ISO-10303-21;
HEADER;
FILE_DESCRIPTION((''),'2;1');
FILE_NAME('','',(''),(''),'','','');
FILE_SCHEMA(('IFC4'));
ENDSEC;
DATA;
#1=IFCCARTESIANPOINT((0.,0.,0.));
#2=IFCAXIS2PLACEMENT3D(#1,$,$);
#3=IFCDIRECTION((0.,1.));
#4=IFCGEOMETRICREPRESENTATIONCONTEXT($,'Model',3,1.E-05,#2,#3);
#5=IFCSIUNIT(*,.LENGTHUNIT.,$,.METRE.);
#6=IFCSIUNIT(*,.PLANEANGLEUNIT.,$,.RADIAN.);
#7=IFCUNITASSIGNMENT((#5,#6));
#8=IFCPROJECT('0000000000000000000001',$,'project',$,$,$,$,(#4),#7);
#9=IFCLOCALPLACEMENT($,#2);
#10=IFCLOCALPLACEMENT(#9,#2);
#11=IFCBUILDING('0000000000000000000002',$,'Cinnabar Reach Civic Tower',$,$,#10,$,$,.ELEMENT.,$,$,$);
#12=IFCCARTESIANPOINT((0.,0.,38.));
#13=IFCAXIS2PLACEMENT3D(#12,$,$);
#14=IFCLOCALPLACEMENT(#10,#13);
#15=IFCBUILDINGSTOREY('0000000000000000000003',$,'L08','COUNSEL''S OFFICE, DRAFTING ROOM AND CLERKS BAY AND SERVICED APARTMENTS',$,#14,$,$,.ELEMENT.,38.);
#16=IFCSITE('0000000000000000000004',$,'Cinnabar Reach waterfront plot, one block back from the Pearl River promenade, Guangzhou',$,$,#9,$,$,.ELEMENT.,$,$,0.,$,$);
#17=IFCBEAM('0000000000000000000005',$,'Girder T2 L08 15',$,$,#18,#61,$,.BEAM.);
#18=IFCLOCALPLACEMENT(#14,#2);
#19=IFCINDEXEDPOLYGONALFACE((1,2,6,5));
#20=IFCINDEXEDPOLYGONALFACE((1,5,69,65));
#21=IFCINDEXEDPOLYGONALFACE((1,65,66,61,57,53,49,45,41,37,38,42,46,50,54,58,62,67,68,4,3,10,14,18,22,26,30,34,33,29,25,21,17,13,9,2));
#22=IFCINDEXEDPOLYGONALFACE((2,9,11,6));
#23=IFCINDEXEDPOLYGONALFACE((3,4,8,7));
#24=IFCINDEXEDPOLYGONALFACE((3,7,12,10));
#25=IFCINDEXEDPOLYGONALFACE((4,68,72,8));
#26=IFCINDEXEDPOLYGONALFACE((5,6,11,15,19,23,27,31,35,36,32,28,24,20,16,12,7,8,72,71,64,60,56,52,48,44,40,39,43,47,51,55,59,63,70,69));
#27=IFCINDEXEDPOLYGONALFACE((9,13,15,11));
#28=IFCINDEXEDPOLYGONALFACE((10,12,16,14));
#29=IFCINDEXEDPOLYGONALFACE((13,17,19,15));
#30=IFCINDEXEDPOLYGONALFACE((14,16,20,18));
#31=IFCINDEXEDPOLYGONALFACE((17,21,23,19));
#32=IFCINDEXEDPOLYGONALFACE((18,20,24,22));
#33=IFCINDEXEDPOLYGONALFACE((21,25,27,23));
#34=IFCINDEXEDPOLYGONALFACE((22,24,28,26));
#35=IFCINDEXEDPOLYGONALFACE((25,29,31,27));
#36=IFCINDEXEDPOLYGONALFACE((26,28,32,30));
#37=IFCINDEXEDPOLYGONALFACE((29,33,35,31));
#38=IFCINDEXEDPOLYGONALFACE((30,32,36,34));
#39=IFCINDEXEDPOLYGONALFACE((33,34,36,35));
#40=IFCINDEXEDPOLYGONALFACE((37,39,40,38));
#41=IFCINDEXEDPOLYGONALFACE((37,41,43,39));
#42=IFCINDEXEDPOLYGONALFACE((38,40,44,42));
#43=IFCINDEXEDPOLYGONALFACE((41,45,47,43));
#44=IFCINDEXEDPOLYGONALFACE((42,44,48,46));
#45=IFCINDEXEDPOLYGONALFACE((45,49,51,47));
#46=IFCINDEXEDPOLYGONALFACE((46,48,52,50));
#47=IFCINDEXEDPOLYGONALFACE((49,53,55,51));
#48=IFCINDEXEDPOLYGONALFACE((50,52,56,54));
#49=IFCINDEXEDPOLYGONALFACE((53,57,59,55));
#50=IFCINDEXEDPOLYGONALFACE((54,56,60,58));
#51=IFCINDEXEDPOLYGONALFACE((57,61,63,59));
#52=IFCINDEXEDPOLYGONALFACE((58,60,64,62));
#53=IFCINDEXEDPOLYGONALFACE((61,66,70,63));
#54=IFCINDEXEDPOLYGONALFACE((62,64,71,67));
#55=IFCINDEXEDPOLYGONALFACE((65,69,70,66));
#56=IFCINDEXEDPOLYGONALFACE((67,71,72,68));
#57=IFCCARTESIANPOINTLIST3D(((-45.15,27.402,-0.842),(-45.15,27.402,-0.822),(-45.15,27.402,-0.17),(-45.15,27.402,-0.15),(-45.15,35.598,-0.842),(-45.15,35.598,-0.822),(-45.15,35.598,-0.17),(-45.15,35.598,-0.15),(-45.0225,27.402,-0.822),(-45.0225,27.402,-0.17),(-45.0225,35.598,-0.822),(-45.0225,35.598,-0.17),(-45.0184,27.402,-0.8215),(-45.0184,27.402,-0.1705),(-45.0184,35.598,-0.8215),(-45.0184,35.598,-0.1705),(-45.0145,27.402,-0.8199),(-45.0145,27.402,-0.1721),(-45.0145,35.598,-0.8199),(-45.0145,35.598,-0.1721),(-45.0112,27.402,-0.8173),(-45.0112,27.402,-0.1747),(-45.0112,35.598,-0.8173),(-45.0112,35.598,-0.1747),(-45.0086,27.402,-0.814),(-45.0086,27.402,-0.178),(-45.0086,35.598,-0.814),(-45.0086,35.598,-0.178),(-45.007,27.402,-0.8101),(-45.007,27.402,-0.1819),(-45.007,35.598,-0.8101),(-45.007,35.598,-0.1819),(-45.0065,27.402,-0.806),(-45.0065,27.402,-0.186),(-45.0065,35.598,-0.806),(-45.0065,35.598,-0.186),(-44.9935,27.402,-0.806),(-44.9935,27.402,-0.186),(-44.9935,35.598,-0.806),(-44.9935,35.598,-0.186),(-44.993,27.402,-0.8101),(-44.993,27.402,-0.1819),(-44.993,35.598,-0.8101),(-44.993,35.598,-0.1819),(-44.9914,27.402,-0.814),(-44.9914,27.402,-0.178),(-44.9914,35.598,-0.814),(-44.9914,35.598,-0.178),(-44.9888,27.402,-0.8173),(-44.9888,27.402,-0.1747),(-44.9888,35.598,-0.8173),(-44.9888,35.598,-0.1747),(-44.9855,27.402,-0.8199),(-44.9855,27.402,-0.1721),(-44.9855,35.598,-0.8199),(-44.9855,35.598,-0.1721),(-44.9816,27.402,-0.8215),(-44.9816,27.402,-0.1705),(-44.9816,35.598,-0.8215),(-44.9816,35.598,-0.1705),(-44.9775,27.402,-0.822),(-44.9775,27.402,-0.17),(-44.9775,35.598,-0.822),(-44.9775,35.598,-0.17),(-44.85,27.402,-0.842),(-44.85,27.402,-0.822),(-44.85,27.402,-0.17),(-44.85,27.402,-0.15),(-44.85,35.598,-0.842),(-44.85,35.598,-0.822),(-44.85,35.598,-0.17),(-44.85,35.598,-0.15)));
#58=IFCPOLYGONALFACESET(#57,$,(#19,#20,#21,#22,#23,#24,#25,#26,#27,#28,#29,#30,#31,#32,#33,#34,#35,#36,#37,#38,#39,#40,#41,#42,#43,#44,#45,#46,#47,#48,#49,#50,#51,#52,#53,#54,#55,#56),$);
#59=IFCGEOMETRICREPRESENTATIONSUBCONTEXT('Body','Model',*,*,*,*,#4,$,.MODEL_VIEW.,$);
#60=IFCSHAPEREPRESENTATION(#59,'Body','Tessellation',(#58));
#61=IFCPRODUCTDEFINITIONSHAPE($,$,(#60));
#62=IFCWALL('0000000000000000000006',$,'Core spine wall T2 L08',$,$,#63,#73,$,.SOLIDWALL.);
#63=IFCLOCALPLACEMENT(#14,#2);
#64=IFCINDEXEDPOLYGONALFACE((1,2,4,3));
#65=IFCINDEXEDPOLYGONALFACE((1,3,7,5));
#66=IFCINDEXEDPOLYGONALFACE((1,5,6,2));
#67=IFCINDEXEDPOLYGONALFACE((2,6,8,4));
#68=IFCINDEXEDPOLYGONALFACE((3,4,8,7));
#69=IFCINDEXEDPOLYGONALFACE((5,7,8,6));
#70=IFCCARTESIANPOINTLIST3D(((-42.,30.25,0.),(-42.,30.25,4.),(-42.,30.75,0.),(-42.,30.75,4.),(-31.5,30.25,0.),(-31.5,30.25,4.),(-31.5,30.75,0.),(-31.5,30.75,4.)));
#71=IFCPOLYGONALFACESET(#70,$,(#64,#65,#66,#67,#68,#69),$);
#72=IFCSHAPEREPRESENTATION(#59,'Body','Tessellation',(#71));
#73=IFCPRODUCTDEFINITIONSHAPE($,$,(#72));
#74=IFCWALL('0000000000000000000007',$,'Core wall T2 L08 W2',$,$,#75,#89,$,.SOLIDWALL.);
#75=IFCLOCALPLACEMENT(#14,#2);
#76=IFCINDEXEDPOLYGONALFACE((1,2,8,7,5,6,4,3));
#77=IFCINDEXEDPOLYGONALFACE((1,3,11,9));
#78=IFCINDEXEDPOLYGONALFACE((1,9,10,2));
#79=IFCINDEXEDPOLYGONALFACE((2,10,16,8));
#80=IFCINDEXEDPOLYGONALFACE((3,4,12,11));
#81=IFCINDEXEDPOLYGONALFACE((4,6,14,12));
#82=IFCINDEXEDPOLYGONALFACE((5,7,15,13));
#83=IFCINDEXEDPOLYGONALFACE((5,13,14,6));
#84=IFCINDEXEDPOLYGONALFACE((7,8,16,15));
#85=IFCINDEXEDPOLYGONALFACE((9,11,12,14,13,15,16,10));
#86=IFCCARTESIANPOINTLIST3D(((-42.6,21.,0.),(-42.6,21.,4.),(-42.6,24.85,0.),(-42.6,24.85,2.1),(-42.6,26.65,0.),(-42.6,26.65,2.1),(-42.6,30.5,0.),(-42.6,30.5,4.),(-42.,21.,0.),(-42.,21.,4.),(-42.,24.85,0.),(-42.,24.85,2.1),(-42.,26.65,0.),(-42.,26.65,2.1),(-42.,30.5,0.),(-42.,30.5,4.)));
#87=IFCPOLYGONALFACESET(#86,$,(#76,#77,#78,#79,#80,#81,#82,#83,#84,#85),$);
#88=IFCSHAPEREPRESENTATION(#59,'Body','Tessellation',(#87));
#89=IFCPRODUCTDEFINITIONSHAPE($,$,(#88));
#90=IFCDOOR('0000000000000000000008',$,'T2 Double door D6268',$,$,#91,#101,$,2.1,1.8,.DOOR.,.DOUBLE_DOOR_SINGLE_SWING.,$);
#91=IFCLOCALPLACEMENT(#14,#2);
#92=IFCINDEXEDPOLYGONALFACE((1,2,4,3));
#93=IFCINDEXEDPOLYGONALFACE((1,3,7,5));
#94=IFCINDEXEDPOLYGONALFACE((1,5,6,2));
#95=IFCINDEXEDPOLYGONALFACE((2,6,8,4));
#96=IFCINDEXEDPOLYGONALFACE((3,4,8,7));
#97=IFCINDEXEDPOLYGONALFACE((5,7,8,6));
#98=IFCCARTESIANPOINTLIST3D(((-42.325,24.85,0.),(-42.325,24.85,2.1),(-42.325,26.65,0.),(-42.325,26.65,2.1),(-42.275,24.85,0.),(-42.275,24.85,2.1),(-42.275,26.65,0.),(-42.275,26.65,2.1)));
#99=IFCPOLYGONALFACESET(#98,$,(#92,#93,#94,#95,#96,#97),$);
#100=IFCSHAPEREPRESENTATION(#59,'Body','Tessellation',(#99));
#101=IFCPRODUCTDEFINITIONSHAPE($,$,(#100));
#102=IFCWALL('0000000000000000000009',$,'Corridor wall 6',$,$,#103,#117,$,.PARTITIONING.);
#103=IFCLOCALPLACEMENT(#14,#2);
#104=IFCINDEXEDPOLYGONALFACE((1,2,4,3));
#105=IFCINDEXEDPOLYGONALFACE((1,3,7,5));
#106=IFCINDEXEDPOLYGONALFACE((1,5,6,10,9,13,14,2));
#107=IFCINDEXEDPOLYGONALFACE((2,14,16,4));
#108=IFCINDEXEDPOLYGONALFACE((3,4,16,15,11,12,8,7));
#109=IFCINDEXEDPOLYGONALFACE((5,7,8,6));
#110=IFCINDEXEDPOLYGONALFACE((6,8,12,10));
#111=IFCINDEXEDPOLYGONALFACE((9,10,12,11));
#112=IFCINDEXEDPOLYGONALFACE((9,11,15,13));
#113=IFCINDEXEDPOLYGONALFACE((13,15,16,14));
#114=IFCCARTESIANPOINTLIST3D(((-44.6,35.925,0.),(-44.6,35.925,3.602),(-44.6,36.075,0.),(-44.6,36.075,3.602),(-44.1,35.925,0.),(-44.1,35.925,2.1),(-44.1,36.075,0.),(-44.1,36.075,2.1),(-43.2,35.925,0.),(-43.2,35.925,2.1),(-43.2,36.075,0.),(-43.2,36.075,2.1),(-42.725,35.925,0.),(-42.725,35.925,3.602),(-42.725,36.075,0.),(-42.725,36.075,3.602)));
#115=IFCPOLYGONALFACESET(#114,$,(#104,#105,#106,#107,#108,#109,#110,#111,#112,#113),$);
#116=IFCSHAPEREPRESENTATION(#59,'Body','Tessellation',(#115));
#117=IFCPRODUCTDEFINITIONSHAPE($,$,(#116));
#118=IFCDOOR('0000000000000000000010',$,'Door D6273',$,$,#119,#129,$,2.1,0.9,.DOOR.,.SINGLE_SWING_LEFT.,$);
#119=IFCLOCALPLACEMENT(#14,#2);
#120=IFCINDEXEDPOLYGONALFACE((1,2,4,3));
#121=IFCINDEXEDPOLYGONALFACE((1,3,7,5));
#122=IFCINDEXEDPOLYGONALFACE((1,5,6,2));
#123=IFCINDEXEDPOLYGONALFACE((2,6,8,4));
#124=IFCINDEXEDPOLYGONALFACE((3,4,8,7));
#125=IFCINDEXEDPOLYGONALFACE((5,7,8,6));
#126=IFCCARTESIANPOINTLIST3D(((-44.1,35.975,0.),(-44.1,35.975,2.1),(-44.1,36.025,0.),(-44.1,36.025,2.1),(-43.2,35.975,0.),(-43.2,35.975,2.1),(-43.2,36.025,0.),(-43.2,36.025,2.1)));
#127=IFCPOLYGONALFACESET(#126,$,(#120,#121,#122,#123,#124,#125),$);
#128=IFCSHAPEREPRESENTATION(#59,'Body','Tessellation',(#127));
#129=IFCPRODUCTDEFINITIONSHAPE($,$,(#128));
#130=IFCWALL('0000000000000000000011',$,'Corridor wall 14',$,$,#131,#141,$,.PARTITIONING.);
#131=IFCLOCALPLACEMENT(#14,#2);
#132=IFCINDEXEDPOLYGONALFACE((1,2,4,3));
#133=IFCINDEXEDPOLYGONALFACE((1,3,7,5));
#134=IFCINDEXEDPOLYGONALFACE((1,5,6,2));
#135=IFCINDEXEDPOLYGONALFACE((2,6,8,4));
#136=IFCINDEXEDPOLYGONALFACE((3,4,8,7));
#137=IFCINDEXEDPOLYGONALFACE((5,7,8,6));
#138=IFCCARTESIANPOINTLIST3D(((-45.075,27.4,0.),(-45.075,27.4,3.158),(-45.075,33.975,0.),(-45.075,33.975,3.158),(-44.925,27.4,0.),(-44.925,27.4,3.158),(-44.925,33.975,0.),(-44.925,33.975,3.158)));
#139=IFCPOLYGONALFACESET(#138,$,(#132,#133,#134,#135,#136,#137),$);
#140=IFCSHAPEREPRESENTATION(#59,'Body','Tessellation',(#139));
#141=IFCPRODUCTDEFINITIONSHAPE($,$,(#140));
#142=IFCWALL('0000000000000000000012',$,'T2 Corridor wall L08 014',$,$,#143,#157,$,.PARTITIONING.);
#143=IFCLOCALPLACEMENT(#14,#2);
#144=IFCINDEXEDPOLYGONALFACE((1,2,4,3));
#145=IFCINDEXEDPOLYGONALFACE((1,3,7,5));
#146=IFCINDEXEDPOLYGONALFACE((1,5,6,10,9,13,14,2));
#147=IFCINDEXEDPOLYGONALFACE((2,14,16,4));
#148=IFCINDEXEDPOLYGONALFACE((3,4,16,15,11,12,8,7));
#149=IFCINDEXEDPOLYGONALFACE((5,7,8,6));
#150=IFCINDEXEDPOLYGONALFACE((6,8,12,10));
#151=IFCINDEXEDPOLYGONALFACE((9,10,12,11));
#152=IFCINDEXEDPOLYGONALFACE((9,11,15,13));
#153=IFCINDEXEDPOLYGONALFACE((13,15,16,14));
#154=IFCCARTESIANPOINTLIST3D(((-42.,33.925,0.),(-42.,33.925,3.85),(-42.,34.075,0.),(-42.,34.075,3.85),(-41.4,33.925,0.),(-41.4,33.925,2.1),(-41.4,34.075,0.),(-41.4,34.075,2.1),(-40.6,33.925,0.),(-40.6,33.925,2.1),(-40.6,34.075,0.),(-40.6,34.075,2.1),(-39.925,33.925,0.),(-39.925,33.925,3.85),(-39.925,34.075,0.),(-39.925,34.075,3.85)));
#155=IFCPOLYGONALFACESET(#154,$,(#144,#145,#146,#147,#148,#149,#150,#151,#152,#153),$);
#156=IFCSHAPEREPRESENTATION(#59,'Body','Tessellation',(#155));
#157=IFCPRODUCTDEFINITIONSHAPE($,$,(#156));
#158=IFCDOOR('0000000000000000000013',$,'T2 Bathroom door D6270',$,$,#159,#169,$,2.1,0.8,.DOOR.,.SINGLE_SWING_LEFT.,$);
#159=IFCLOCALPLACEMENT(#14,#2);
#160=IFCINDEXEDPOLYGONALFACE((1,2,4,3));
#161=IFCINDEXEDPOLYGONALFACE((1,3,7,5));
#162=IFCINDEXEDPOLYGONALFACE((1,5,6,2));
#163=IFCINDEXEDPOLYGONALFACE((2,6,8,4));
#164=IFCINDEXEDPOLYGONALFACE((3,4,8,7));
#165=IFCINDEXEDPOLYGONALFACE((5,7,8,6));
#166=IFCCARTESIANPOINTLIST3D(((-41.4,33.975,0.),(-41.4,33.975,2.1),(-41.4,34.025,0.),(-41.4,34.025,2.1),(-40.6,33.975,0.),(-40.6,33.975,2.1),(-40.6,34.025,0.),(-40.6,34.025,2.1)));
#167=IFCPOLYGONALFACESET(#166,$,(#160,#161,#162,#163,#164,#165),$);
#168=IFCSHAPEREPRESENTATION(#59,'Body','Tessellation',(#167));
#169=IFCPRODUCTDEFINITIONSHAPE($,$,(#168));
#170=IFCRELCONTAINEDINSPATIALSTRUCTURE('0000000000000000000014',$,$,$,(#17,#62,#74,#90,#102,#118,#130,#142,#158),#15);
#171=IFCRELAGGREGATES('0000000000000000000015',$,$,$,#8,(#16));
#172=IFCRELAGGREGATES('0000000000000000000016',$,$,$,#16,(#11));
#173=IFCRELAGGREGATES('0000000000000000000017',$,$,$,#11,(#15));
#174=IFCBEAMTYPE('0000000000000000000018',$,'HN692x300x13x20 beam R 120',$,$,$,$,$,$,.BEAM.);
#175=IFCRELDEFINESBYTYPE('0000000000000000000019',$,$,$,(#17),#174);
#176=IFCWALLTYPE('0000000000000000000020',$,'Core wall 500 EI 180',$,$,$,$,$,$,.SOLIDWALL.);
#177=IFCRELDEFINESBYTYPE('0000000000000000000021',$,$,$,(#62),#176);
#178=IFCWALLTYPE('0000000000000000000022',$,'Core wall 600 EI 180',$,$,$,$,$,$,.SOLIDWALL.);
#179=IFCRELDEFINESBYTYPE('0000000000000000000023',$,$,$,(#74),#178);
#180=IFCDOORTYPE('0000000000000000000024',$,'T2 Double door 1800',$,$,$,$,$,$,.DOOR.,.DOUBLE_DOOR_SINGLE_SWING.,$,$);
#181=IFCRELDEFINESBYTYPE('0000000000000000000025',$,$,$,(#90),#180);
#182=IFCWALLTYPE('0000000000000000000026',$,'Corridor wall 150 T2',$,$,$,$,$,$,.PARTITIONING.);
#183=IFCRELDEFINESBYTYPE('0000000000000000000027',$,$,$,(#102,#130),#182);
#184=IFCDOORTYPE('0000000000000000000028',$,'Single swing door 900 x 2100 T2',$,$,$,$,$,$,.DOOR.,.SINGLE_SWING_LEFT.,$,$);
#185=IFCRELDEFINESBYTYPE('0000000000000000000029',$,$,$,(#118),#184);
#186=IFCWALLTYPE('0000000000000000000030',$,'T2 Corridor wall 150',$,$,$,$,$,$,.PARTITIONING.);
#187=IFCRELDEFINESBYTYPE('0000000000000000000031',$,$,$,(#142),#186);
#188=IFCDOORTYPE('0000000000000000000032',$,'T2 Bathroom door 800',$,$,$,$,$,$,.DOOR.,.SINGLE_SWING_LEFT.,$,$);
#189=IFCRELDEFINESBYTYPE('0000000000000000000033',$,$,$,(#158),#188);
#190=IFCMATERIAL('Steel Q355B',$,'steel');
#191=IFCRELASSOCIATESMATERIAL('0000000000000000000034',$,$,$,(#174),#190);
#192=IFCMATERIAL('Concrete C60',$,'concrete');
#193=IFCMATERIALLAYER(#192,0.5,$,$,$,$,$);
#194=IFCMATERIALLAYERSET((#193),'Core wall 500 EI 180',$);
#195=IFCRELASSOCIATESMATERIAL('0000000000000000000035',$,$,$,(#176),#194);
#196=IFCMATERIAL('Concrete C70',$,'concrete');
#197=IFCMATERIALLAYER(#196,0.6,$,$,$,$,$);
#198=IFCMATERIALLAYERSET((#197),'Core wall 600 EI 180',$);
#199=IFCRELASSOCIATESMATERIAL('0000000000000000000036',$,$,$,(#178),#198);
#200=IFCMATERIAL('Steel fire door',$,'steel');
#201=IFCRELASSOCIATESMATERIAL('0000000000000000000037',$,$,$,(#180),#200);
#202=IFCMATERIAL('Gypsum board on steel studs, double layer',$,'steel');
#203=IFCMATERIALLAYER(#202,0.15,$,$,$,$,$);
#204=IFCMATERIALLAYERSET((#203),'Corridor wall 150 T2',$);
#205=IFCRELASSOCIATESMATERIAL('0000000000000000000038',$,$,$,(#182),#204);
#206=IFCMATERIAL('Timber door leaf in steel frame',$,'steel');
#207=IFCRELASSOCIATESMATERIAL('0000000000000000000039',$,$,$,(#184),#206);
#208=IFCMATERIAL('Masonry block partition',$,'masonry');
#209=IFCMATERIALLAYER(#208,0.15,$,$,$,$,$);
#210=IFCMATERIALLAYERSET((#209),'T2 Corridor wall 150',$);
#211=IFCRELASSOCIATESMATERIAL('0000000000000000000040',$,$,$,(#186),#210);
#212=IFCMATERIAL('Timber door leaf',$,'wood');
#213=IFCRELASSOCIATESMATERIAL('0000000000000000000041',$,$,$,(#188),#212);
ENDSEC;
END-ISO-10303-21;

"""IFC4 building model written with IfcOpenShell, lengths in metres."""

from ifc_helpers import new_model, si_unit, direction, frame, frame_2d, origin, origin_2d, place, context, subcontext, project, spatial, rectangle, i_section, extrude, material, layer, layer_set, material_profile, profile_set, type_object, element, fill, save


model = new_model("IFC4")

# Units and contexts
model_context = context("Model", 3, precision=1e-05, world=origin(), true_north=direction((0.0, 1.0)))
body_context = subcontext(model_context, "Body", "Model", "MODEL_VIEW")
ifc_project = project(units=[si_unit("LENGTHUNIT", "METRE"), si_unit("PLANEANGLEUNIT", "RADIAN")], contexts=[model_context])

# Site, building, storey
site_placement = place(None, origin())
site = spatial("IfcSite", under=ifc_project, at=site_placement, Name="Cinnabar Reach waterfront plot, one block back from the Pearl River promenade, Guangzhou", CompositionType="ELEMENT", RefElevation=0.0)
building_placement = place(site_placement, origin())
building = spatial("IfcBuilding", under=site, at=building_placement, Name="Cinnabar Reach Civic Tower", CompositionType="ELEMENT")
storey_placement = place(building_placement, frame((0.0, 0.0, 38.0)))
storey = spatial("IfcBuildingStorey", under=building, at=storey_placement, Name="L08", Description="COUNSEL'S OFFICE, DRAFTING ROOM AND CLERKS BAY AND SERVICED APARTMENTS", CompositionType="ELEMENT", Elevation=38.0)

# Shared definitions
ifc_material_1 = material(Name="Concrete C60", Category="concrete")

# Beam
ifc_material_2 = material(Name="Steel Q355B", Category="steel")
ifc_material_profile_1 = material_profile(ifc_material_2, i_section(OverallWidth=0.3, OverallDepth=0.692, WebThickness=0.013, FlangeThickness=0.02, FilletRadius=0.016, at=origin_2d()), Name="HN692x300x13x20")
ifc_profile_set_1 = profile_set([ifc_material_profile_1], Name="Steel Q355B")
beam_type_1 = type_object("IfcBeamType", Name="HN692x300x13x20 beam R 120", PredefinedType="BEAM", material=ifc_profile_set_1)
beam_1_placement = place(storey_placement, frame((-45.0, 27.402, -0.496), z_axis=(0.0, 1.0, 0.0), x_axis=(-1.0, 0.0, 0.0)))
element("IfcBeam", 1, at=beam_1_placement, inside=storey, type_object=beam_type_1, Name="Girder T2 L08 15", PredefinedType="BEAM", context=body_context, shape_type="SweptSolid", body=[
    extrude(i_section(OverallWidth=0.3, OverallDepth=0.692, WebThickness=0.013, FlangeThickness=0.02, FilletRadius=0.016, at=origin_2d()), origin(), (0.0, 0.0, 1.0), 8.196),
])

# Wall
ifc_layer_1 = layer(ifc_material_1, 0.5)
ifc_layer_set_1 = layer_set([ifc_layer_1], Name="Core wall 500 EI 180")
wall_type_1 = type_object("IfcWallType", Name="Core wall 500 EI 180", PredefinedType="SOLIDWALL", material=ifc_layer_set_1)
wall_1_placement = place(storey_placement, frame((-42.0, 30.5, 0.0), z_axis=(0.0, 0.0, 1.0), x_axis=(1.0, 0.0, 0.0)))
element("IfcWall", 2, at=wall_1_placement, inside=storey, type_object=wall_type_1, Name="Core spine wall T2 L08", PredefinedType="SOLIDWALL", context=body_context, shape_type="SweptSolid", body=[
    extrude(rectangle(XDim=10.5, YDim=0.5, at=frame_2d((5.25, 0.0))), origin(), (0.0, 0.0, 1.0), 4.0),
])

# Walls, openings, doors
ifc_material_3 = material(Name="Concrete C70", Category="concrete")
ifc_layer_2 = layer(ifc_material_3, 0.6)
ifc_layer_set_2 = layer_set([ifc_layer_2], Name="Core wall 600 EI 180")
wall_type_2 = type_object("IfcWallType", Name="Core wall 600 EI 180", PredefinedType="SOLIDWALL", material=ifc_layer_set_2)
wall_2_placement = place(storey_placement, frame((-42.3, 30.5, 0.0), z_axis=(0.0, 0.0, 1.0), x_axis=(0.0, -1.0, 0.0)))
wall_2 = element("IfcWall", 3, at=wall_2_placement, inside=storey, type_object=wall_type_2, Name="Core wall T2 L08 W2", PredefinedType="SOLIDWALL", context=body_context, shape_type="SweptSolid", body=[
    extrude(rectangle(XDim=9.5, YDim=0.6, at=frame_2d((4.75, 0.0))), origin(), (0.0, 0.0, 1.0), 4.0),
])
opening_1_placement = place(wall_2_placement, frame((3.85, 0.0, 0.0)))
opening_1 = element("IfcOpeningElement", 4, at=opening_1_placement, cuts=wall_2, PredefinedType="OPENING", context=body_context, shape_type="SweptSolid", body=[
    extrude(rectangle(XDim=1.8, YDim=2.1, at=frame_2d((0.9, 1.05))), frame((0.0, 0.31, 0.0), z_axis=(0.0, -1.0, 0.0), x_axis=(1.0, 0.0, 0.0)), (0.0, 0.0, 1.0), 0.62),
])
ifc_material_4 = material(Name="Steel fire door", Category="steel")
door_type_1 = type_object("IfcDoorType", Name="T2 Double door 1800", OperationType="DOUBLE_DOOR_SINGLE_SWING", PredefinedType="DOOR", material=ifc_material_4)
door_1_placement = place(opening_1_placement, origin())
door_1 = element("IfcDoor", 5, at=door_1_placement, inside=storey, type_object=door_type_1, Name="T2 Double door D6268", OperationType="DOUBLE_DOOR_SINGLE_SWING", OverallHeight=2.1, OverallWidth=1.8, PredefinedType="DOOR", context=body_context, shape_type="SweptSolid", body=[
    extrude(rectangle(XDim=1.8, YDim=2.1, at=frame_2d((0.9, 1.05))), frame((0.0, 0.025, 0.0), z_axis=(0.0, -1.0, 0.0), x_axis=(1.0, 0.0, 0.0)), (0.0, 0.0, 1.0), 0.05),
])
fill(opening_1, door_1)
ifc_material_5 = material(Name="Gypsum board on steel studs, double layer", Category="steel")
ifc_layer_3 = layer(ifc_material_5, 0.15)
ifc_layer_set_3 = layer_set([ifc_layer_3], Name="Corridor wall 150 T2")
wall_type_3 = type_object("IfcWallType", Name="Corridor wall 150 T2", PredefinedType="PARTITIONING", material=ifc_layer_set_3)
wall_3_placement = place(storey_placement, frame((-44.6, 36.0, 0.0), z_axis=(0.0, 0.0, 1.0), x_axis=(1.0, 0.0, 0.0)))
wall_3 = element("IfcWall", 6, at=wall_3_placement, inside=storey, type_object=wall_type_3, Name="Corridor wall 6", PredefinedType="PARTITIONING", context=body_context, shape_type="SweptSolid", body=[
    extrude(rectangle(XDim=1.875, YDim=0.15, at=frame_2d((0.9375, 0.0))), origin(), (0.0, 0.0, 1.0), 3.602),
])
opening_2_placement = place(wall_3_placement, frame((0.5, 0.0, 0.0)))
opening_2 = element("IfcOpeningElement", 7, at=opening_2_placement, cuts=wall_3, PredefinedType="OPENING", context=body_context, shape_type="SweptSolid", body=[
    extrude(rectangle(XDim=0.9, YDim=2.1, at=frame_2d((0.45, 1.05))), frame((0.0, 0.085, 0.0), z_axis=(0.0, -1.0, 0.0), x_axis=(1.0, 0.0, 0.0)), (0.0, 0.0, 1.0), 0.17),
])
ifc_material_6 = material(Name="Timber door leaf in steel frame", Category="steel")
door_type_2 = type_object("IfcDoorType", Name="Single swing door 900 x 2100 T2", OperationType="SINGLE_SWING_LEFT", PredefinedType="DOOR", material=ifc_material_6)
door_2_placement = place(opening_2_placement, origin())
door_2 = element("IfcDoor", 8, at=door_2_placement, inside=storey, type_object=door_type_2, Name="Door D6273", OperationType="SINGLE_SWING_LEFT", OverallHeight=2.1, OverallWidth=0.9, PredefinedType="DOOR", context=body_context, shape_type="SweptSolid", body=[
    extrude(rectangle(XDim=0.9, YDim=2.1, at=frame_2d((0.45, 1.05))), frame((0.0, 0.025, 0.0), z_axis=(0.0, -1.0, 0.0), x_axis=(1.0, 0.0, 0.0)), (0.0, 0.0, 1.0), 0.05),
])
fill(opening_2, door_2)

# Wall
wall_4_placement = place(storey_placement, frame((-45.0, 27.4, 0.0), z_axis=(0.0, 0.0, 1.0), x_axis=(0.0, 1.0, 0.0)))
element("IfcWall", 9, at=wall_4_placement, inside=storey, type_object=wall_type_3, Name="Corridor wall 14", PredefinedType="PARTITIONING", context=body_context, shape_type="SweptSolid", body=[
    extrude(rectangle(XDim=6.575, YDim=0.15, at=frame_2d((3.2875, 0.0))), origin(), (0.0, 0.0, 1.0), 3.158),
])

# Wall, opening, door
ifc_material_7 = material(Name="Masonry block partition", Category="masonry")
ifc_layer_4 = layer(ifc_material_7, 0.15)
ifc_layer_set_4 = layer_set([ifc_layer_4], Name="T2 Corridor wall 150")
wall_type_4 = type_object("IfcWallType", Name="T2 Corridor wall 150", PredefinedType="PARTITIONING", material=ifc_layer_set_4)
wall_5_placement = place(storey_placement, frame((-39.925, 34.0, 0.0), z_axis=(0.0, 0.0, 1.0), x_axis=(-1.0, 0.0, 0.0)))
wall_5 = element("IfcWall", 10, at=wall_5_placement, inside=storey, type_object=wall_type_4, Name="T2 Corridor wall L08 014", PredefinedType="PARTITIONING", context=body_context, shape_type="SweptSolid", body=[
    extrude(rectangle(XDim=2.075, YDim=0.15, at=frame_2d((1.0375, 0.0))), origin(), (0.0, 0.0, 1.0), 3.85),
])
opening_3_placement = place(wall_5_placement, frame((0.675, 0.0, 0.0)))
opening_3 = element("IfcOpeningElement", 11, at=opening_3_placement, cuts=wall_5, PredefinedType="OPENING", context=body_context, shape_type="SweptSolid", body=[
    extrude(rectangle(XDim=0.8, YDim=2.1, at=frame_2d((0.4, 1.05))), frame((0.0, 0.085, 0.0), z_axis=(0.0, -1.0, 0.0), x_axis=(1.0, 0.0, 0.0)), (0.0, 0.0, 1.0), 0.17),
])
ifc_material_8 = material(Name="Timber door leaf", Category="wood")
door_type_3 = type_object("IfcDoorType", Name="T2 Bathroom door 800", OperationType="SINGLE_SWING_LEFT", PredefinedType="DOOR", material=ifc_material_8)
door_3_placement = place(opening_3_placement, frame((0.8, 0.0, 0.0), z_axis=(0.0, 0.0, 1.0), x_axis=(-1.0, 0.0, 0.0)))
door_3 = element("IfcDoor", 12, at=door_3_placement, inside=storey, type_object=door_type_3, Name="T2 Bathroom door D6270", OperationType="SINGLE_SWING_LEFT", OverallHeight=2.1, OverallWidth=0.8, PredefinedType="DOOR", context=body_context, shape_type="SweptSolid", body=[
    extrude(rectangle(XDim=0.8, YDim=2.1, at=frame_2d((0.4, 1.05))), frame((0.0, 0.025, 0.0), z_axis=(0.0, -1.0, 0.0), x_axis=(1.0, 0.0, 0.0)), (0.0, 0.0, 1.0), 0.05),
])
fill(opening_3, door_3)

save(model, "model.ifc")
